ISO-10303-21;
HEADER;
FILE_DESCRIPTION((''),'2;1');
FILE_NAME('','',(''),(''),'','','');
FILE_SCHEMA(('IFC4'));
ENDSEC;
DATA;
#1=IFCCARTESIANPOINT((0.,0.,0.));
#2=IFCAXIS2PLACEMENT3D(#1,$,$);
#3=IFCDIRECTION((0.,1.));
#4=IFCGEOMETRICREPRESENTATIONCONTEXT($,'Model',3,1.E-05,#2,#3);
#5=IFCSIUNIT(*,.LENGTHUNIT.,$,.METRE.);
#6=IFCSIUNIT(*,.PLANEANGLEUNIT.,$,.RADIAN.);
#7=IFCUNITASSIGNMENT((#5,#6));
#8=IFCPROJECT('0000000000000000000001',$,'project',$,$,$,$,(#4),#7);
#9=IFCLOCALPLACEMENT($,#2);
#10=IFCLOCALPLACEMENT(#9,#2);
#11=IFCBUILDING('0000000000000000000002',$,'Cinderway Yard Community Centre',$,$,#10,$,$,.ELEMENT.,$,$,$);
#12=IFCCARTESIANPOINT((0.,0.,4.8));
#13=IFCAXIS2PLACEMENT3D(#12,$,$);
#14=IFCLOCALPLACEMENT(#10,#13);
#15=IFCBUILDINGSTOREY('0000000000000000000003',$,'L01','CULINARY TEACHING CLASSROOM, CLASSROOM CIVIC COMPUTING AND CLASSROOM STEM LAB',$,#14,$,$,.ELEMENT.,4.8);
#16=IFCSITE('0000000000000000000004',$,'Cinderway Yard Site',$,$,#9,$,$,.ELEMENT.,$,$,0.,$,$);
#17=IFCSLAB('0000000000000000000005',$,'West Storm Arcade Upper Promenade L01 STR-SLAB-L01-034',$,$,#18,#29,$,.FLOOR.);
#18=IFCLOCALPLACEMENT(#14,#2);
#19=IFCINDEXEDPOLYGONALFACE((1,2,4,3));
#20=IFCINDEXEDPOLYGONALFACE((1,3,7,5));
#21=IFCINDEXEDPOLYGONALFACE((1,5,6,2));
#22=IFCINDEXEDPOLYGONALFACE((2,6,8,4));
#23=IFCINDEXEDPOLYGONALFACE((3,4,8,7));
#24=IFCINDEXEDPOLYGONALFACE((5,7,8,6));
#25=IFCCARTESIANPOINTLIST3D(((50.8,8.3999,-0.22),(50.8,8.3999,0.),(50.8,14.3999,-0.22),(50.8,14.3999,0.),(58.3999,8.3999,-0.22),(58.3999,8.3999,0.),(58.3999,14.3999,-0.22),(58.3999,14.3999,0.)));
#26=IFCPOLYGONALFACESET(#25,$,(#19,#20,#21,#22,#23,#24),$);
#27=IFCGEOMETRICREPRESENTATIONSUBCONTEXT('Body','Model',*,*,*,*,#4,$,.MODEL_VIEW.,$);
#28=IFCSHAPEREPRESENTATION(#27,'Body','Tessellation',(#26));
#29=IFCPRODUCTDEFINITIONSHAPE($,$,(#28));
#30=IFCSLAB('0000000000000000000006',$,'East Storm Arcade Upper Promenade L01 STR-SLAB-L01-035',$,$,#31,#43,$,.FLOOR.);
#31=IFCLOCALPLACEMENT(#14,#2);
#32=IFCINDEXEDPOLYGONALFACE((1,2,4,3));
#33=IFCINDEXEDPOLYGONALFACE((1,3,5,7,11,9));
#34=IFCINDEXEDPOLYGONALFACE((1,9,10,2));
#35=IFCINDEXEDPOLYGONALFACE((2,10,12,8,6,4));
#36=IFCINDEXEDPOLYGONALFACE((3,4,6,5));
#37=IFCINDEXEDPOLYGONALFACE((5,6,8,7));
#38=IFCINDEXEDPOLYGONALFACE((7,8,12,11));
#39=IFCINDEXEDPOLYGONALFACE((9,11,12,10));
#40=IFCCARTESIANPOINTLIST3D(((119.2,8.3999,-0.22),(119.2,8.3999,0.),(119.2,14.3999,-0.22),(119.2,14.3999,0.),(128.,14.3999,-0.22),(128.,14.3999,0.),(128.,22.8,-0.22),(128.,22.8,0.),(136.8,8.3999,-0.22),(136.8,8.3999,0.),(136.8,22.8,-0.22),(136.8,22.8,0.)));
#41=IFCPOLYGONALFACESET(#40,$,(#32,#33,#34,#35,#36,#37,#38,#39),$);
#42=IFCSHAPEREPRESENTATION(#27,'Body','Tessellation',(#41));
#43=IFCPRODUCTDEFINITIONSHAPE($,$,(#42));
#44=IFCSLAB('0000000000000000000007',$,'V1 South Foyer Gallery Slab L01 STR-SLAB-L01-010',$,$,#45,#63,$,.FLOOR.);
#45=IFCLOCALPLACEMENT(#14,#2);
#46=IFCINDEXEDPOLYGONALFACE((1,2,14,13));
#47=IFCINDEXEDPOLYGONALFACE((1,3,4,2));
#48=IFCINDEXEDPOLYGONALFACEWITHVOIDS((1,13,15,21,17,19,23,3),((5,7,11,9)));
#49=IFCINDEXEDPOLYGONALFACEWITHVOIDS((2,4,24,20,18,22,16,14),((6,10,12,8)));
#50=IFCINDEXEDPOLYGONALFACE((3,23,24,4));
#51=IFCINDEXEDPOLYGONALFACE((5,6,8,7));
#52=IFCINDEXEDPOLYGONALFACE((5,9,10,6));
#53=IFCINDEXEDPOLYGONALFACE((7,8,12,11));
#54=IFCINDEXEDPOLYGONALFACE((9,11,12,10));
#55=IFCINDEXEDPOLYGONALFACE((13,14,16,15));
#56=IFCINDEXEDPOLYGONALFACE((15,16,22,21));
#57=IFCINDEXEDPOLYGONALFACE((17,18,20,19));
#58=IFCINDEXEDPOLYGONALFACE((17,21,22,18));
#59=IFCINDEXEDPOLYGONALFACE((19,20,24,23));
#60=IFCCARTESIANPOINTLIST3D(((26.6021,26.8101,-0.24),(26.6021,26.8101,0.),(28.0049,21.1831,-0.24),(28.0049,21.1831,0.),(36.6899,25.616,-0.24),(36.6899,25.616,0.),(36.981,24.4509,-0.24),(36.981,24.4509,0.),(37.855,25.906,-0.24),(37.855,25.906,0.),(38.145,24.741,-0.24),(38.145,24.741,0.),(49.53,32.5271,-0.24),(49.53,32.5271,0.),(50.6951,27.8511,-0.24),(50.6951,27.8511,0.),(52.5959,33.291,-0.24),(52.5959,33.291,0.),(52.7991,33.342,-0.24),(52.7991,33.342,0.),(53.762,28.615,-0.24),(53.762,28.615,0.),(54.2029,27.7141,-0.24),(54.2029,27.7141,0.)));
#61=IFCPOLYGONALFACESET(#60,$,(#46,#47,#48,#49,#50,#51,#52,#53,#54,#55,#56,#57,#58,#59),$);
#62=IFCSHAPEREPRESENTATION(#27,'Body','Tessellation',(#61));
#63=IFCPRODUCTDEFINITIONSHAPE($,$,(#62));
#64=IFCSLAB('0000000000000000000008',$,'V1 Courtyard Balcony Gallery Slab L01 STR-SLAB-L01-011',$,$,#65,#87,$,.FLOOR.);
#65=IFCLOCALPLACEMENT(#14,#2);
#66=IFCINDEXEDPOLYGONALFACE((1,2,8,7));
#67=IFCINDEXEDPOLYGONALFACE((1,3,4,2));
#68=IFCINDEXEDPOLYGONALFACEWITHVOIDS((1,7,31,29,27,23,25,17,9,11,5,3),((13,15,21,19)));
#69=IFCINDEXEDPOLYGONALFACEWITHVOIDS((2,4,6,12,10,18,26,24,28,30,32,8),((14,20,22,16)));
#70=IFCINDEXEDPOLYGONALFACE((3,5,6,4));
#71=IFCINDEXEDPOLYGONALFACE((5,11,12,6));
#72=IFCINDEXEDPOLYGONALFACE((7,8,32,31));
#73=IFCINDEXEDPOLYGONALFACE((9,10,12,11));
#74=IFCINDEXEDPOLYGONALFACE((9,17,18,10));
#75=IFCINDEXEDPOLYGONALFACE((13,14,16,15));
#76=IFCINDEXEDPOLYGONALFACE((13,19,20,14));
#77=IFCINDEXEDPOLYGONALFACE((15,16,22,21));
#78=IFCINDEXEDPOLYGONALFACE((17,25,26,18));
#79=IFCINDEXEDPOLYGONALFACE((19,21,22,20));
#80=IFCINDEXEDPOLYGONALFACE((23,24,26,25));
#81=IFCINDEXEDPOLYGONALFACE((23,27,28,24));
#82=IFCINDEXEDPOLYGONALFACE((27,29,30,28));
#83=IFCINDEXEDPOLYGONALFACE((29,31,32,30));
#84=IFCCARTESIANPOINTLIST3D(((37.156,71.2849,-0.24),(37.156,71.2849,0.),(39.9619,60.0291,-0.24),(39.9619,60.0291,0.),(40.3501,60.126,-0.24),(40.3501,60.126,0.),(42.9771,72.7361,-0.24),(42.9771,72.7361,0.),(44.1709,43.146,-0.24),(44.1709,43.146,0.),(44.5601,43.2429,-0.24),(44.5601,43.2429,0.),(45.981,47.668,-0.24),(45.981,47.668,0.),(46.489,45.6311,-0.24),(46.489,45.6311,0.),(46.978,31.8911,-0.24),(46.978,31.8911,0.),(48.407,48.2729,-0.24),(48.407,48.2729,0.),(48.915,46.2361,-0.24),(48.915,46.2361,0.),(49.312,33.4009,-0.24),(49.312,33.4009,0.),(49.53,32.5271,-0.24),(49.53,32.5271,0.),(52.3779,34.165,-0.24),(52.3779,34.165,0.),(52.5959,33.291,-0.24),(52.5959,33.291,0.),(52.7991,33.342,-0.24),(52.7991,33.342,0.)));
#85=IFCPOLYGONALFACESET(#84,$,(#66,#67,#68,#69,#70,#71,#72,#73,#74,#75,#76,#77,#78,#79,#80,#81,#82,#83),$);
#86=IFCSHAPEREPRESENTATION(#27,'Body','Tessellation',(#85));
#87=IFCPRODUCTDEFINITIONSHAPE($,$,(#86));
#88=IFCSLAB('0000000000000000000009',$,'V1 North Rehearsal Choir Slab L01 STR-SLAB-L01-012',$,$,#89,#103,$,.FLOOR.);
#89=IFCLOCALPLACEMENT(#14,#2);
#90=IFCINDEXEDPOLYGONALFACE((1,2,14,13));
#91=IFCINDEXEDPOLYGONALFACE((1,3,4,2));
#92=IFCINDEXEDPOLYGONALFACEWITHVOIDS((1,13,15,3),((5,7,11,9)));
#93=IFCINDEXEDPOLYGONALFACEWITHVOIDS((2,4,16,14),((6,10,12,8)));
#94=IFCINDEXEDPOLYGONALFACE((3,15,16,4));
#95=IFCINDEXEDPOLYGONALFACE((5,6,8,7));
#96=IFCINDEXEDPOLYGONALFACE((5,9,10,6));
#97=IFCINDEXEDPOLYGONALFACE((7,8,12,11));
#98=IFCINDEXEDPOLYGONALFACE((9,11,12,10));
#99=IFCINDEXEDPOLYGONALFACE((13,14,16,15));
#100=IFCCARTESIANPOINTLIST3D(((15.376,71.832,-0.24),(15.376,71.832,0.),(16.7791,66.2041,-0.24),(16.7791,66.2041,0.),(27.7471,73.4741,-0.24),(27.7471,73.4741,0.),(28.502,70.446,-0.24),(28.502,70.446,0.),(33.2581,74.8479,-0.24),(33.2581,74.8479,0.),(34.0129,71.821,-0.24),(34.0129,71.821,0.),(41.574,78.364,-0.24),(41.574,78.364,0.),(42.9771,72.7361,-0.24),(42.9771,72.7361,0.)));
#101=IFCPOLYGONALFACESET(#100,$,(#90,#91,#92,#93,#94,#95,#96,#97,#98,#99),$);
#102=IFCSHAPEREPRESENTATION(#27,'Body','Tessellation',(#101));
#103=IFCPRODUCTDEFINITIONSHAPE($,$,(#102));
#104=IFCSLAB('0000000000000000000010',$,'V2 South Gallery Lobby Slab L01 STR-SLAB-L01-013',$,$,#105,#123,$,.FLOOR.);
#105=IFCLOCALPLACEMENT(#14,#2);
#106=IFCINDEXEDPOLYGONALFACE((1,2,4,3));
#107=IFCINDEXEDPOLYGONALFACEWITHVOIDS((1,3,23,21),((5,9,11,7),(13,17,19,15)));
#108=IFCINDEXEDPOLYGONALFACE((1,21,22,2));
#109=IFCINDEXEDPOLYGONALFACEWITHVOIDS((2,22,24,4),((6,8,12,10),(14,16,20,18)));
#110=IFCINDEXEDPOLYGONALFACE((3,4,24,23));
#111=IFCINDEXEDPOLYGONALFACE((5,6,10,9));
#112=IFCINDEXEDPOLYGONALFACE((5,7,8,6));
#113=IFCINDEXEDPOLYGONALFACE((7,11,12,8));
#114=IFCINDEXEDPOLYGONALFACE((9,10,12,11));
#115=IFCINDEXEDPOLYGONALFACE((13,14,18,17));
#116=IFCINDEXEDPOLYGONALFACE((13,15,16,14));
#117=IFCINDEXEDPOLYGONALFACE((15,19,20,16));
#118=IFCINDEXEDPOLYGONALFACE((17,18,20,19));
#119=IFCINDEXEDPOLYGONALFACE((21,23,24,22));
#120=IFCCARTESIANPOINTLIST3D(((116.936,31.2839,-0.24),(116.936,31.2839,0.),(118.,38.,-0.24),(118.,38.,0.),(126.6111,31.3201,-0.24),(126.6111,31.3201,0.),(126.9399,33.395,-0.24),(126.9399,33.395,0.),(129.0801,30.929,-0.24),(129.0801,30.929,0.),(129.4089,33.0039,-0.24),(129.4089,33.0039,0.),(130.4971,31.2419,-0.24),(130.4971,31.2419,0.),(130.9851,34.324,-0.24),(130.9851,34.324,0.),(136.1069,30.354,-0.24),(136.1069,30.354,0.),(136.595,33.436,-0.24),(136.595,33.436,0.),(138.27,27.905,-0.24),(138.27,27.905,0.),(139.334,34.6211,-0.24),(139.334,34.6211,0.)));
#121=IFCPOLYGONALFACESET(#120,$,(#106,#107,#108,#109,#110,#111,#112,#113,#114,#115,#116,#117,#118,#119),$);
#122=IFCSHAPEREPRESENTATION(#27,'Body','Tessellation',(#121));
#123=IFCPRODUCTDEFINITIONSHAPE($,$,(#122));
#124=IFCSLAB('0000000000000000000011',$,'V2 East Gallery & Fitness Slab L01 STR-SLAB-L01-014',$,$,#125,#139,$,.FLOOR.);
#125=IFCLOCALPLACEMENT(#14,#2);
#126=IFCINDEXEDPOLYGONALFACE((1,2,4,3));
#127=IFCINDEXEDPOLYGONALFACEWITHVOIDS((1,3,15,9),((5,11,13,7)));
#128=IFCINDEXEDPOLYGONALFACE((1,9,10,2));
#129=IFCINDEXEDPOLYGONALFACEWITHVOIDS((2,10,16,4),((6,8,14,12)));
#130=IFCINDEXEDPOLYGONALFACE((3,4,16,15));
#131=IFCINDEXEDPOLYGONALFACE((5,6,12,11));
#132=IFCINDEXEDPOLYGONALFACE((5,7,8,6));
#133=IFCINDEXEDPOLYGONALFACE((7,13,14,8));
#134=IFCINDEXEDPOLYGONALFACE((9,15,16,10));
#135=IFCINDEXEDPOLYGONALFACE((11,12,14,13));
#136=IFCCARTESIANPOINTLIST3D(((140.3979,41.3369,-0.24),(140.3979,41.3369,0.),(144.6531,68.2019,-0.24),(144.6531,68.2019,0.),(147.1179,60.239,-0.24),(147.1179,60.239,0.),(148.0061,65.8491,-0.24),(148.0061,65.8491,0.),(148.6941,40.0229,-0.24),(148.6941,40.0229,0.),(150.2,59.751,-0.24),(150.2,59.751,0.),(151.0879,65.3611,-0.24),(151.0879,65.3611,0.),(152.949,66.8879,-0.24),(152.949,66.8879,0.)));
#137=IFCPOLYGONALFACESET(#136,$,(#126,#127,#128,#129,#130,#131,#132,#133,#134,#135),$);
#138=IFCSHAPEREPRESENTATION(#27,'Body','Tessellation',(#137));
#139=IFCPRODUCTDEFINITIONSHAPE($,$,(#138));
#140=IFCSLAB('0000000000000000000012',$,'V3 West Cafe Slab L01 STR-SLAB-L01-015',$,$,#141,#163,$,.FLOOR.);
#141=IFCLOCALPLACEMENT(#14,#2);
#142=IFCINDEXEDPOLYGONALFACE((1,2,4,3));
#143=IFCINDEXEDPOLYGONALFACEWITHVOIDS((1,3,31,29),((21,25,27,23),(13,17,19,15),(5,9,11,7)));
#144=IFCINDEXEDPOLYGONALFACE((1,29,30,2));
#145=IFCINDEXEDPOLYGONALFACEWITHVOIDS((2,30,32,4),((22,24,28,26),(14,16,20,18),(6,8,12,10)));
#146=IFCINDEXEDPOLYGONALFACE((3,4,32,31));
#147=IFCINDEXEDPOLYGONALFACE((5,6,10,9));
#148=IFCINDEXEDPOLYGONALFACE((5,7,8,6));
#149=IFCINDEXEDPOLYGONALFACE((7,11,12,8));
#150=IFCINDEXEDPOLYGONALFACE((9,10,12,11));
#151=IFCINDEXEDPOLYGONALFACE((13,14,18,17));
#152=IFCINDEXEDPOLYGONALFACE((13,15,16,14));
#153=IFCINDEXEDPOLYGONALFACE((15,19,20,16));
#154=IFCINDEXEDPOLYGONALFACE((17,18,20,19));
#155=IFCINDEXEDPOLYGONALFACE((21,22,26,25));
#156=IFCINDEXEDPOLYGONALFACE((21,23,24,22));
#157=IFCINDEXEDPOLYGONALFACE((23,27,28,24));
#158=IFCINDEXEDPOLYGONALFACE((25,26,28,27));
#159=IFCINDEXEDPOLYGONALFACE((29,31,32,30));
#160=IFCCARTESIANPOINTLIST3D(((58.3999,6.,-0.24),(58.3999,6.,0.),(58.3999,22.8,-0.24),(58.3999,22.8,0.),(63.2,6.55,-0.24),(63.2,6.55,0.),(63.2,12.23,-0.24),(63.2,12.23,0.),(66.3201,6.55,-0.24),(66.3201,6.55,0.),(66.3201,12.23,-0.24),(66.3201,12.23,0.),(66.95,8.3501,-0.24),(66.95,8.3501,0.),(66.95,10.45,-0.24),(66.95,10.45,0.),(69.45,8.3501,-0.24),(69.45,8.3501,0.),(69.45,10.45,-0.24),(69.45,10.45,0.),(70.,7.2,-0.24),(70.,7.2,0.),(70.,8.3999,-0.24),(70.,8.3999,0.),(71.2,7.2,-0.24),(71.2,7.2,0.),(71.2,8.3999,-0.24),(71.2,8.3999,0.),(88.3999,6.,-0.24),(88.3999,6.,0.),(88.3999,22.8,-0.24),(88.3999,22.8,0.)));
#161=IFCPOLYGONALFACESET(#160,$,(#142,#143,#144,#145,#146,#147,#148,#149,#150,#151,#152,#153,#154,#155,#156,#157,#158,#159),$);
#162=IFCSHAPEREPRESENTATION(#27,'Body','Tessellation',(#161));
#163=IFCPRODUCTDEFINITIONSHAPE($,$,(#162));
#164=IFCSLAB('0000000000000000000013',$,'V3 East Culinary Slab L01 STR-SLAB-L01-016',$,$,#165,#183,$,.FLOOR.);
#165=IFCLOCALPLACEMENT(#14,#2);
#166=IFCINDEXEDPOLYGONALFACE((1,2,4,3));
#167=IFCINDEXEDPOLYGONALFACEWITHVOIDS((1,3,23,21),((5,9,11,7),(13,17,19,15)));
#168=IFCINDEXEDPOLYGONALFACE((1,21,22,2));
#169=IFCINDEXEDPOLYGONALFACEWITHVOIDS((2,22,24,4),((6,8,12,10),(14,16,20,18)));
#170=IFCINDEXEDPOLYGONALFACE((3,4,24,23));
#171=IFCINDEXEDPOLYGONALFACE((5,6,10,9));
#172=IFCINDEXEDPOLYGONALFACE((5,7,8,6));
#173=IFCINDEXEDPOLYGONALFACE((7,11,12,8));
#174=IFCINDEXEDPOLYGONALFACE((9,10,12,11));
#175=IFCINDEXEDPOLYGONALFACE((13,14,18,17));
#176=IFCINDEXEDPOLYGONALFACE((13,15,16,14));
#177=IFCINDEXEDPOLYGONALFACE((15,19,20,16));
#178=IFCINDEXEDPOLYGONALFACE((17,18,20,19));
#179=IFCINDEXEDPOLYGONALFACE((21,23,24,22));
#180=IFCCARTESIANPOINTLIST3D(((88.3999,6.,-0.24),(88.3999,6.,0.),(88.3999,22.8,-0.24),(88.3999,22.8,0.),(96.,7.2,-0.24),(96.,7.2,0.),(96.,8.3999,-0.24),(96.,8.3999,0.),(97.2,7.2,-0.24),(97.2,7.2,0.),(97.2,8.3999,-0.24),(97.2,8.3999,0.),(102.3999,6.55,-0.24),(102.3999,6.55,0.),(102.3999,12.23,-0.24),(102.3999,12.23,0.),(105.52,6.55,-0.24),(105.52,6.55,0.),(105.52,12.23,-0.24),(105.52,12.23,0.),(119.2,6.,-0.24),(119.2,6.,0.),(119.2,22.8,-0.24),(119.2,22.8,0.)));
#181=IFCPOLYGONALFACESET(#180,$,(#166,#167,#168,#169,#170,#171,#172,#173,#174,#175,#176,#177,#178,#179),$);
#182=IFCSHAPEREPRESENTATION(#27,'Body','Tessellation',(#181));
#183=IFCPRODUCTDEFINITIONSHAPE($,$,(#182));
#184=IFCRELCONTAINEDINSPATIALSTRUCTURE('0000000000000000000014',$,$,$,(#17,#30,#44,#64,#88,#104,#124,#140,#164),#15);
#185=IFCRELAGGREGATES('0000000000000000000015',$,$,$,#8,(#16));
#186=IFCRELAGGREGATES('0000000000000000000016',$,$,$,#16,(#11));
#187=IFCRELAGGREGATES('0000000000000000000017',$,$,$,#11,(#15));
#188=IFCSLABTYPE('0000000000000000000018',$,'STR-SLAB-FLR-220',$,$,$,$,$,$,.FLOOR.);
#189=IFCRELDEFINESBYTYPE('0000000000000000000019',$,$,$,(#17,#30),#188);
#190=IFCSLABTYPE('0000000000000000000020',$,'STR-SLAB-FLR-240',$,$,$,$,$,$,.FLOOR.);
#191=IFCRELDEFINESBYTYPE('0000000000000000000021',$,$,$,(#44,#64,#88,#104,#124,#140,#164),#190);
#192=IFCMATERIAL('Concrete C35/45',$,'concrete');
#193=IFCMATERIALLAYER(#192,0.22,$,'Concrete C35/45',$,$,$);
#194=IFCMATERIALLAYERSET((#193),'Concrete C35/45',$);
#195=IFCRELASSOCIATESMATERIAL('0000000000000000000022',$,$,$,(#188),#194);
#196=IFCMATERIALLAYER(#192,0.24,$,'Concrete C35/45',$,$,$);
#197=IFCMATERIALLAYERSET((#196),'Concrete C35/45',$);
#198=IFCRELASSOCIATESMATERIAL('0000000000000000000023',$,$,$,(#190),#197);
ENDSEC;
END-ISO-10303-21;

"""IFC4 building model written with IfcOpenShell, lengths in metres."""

from ifc_helpers import new_model, si_unit, direction, frame, origin, place, context, subcontext, project, spatial, polyline, outline, extrude, material, layer, layer_set, type_object, element, save


model = new_model("IFC4")

# Units and contexts
model_context = context("Model", 3, precision=1e-05, world=origin(), true_north=direction((0.0, 1.0)))
body_context = subcontext(model_context, "Body", "Model", "MODEL_VIEW")
ifc_project = project(units=[si_unit("LENGTHUNIT", "METRE"), si_unit("PLANEANGLEUNIT", "RADIAN")], contexts=[model_context])

# Site, building, storey
site_placement = place(None, origin())
site = spatial("IfcSite", under=ifc_project, at=site_placement, Name="Cinderway Yard Site", CompositionType="ELEMENT", RefElevation=0.0)
building_placement = place(site_placement, origin())
building = spatial("IfcBuilding", under=site, at=building_placement, Name="Cinderway Yard Community Centre", CompositionType="ELEMENT")
storey_placement = place(building_placement, frame((0.0, 0.0, 4.8)))
storey = spatial("IfcBuildingStorey", under=building, at=storey_placement, Name="L01", Description="CULINARY TEACHING CLASSROOM, CLASSROOM CIVIC COMPUTING AND CLASSROOM STEM LAB", CompositionType="ELEMENT", Elevation=4.8)

# Slabs
ifc_material_1 = material(Name="Concrete C35/45", Category="concrete")
ifc_layer_1 = layer(ifc_material_1, 0.22, Name="Concrete C35/45")
ifc_layer_set_1 = layer_set([ifc_layer_1], Name="Concrete C35/45")
slab_type_1 = type_object("IfcSlabType", Name="STR-SLAB-FLR-220", PredefinedType="FLOOR", material=ifc_layer_set_1)
slab_1_placement = place(storey_placement, frame((0.0, 0.0, -0.22)))
element("IfcSlab", 1, at=slab_1_placement, inside=storey, type_object=slab_type_1, Name="West Storm Arcade Upper Promenade L01 STR-SLAB-L01-034", PredefinedType="FLOOR", context=body_context, shape_type="SweptSolid", body=[
    extrude(outline(polyline([(50.8, 8.3999), (58.3999, 8.3999), (58.3999, 14.3999), (50.8, 14.3999), (50.8, 8.3999)])), origin(), (0.0, 0.0, 1.0), 0.22),
])
slab_2_placement = place(storey_placement, frame((0.0, 0.0, -0.22)))
element("IfcSlab", 2, at=slab_2_placement, inside=storey, type_object=slab_type_1, Name="East Storm Arcade Upper Promenade L01 STR-SLAB-L01-035", PredefinedType="FLOOR", context=body_context, shape_type="SweptSolid", body=[
    extrude(outline(polyline([(119.2, 8.3999), (136.8, 8.3999), (136.8, 22.8), (128.0, 22.8), (128.0, 14.3999), (119.2, 14.3999), (119.2, 8.3999)])), origin(), (0.0, 0.0, 1.0), 0.22),
])
ifc_layer_2 = layer(ifc_material_1, 0.24, Name="Concrete C35/45")
ifc_layer_set_2 = layer_set([ifc_layer_2], Name="Concrete C35/45")
slab_type_2 = type_object("IfcSlabType", Name="STR-SLAB-FLR-240", PredefinedType="FLOOR", material=ifc_layer_set_2)
slab_3_placement = place(storey_placement, frame((0.0, 0.0, -0.24)))
element("IfcSlab", 3, at=slab_3_placement, inside=storey, type_object=slab_type_2, Name="V1 South Foyer Gallery Slab L01 STR-SLAB-L01-010", PredefinedType="FLOOR", context=body_context, shape_type="SweptSolid", body=[
    extrude(outline(polyline([(52.7991, 33.342), (54.2029, 27.7141), (28.0049, 21.1831), (26.6021, 26.8101), (49.53, 32.5271), (50.6951, 27.8511), (53.762, 28.615), (52.5959, 33.291), (52.7991, 33.342)]), holes=[polyline([(36.981, 24.4509), (38.145, 24.741), (37.855, 25.906), (36.6899, 25.616), (36.981, 24.4509)])]), origin(), (0.0, 0.0, 1.0), 0.24),
])
slab_4_placement = place(storey_placement, frame((0.0, 0.0, -0.24)))
element("IfcSlab", 4, at=slab_4_placement, inside=storey, type_object=slab_type_2, Name="V1 Courtyard Balcony Gallery Slab L01 STR-SLAB-L01-011", PredefinedType="FLOOR", context=body_context, shape_type="SweptSolid", body=[
    extrude(outline(polyline([(46.978, 31.8911), (44.1709, 43.146), (44.5601, 43.2429), (40.3501, 60.126), (39.9619, 60.0291), (37.156, 71.2849), (42.9771, 72.7361), (52.7991, 33.342), (52.5959, 33.291), (52.3779, 34.165), (49.312, 33.4009), (49.53, 32.5271), (46.978, 31.8911)]), holes=[polyline([(46.489, 45.6311), (48.915, 46.2361), (48.407, 48.2729), (45.981, 47.668), (46.489, 45.6311)])]), origin(), (0.0, 0.0, 1.0), 0.24),
])
slab_5_placement = place(storey_placement, frame((0.0, 0.0, -0.24)))
element("IfcSlab", 5, at=slab_5_placement, inside=storey, type_object=slab_type_2, Name="V1 North Rehearsal Choir Slab L01 STR-SLAB-L01-012", PredefinedType="FLOOR", context=body_context, shape_type="SweptSolid", body=[
    extrude(outline(polyline([(16.7791, 66.2041), (42.9771, 72.7361), (41.574, 78.364), (15.376, 71.832), (16.7791, 66.2041)]), holes=[polyline([(33.2581, 74.8479), (27.7471, 73.4741), (28.502, 70.446), (34.0129, 71.821), (33.2581, 74.8479)])]), origin(), (0.0, 0.0, 1.0), 0.24),
])
slab_6_placement = place(storey_placement, frame((0.0, 0.0, -0.24)))
element("IfcSlab", 6, at=slab_6_placement, inside=storey, type_object=slab_type_2, Name="V2 South Gallery Lobby Slab L01 STR-SLAB-L01-013", PredefinedType="FLOOR", context=body_context, shape_type="SweptSolid", body=[
    extrude(outline(polyline([(116.936, 31.2839), (138.27, 27.905), (139.334, 34.6211), (118.0, 38.0), (116.936, 31.2839)]), holes=[polyline([(136.595, 33.436), (130.9851, 34.324), (130.4971, 31.2419), (136.1069, 30.354), (136.595, 33.436)]), polyline([(126.6111, 31.3201), (129.0801, 30.929), (129.4089, 33.0039), (126.9399, 33.395), (126.6111, 31.3201)])]), origin(), (0.0, 0.0, 1.0), 0.24),
])
slab_7_placement = place(storey_placement, frame((0.0, 0.0, -0.24)))
element("IfcSlab", 7, at=slab_7_placement, inside=storey, type_object=slab_type_2, Name="V2 East Gallery & Fitness Slab L01 STR-SLAB-L01-014", PredefinedType="FLOOR", context=body_context, shape_type="SweptSolid", body=[
    extrude(outline(polyline([(140.3979, 41.3369), (148.6941, 40.0229), (152.949, 66.8879), (144.6531, 68.2019), (140.3979, 41.3369)]), holes=[polyline([(150.2, 59.751), (151.0879, 65.3611), (148.0061, 65.8491), (147.1179, 60.239), (150.2, 59.751)])]), origin(), (0.0, 0.0, 1.0), 0.24),
])
slab_8_placement = place(storey_placement, frame((0.0, 0.0, -0.24)))
element("IfcSlab", 8, at=slab_8_placement, inside=storey, type_object=slab_type_2, Name="V3 West Cafe Slab L01 STR-SLAB-L01-015", PredefinedType="FLOOR", context=body_context, shape_type="SweptSolid", body=[
    extrude(outline(polyline([(58.3999, 6.0), (88.3999, 6.0), (88.3999, 22.8), (58.3999, 22.8), (58.3999, 6.0)]), holes=[polyline([(63.2, 12.23), (63.2, 6.55), (66.3201, 6.55), (66.3201, 12.23), (63.2, 12.23)]), polyline([(66.95, 8.3501), (69.45, 8.3501), (69.45, 10.45), (66.95, 10.45), (66.95, 8.3501)]), polyline([(70.0, 7.2), (71.2, 7.2), (71.2, 8.3999), (70.0, 8.3999), (70.0, 7.2)])]), origin(), (0.0, 0.0, 1.0), 0.24),
])
slab_9_placement = place(storey_placement, frame((0.0, 0.0, -0.24)))
element("IfcSlab", 9, at=slab_9_placement, inside=storey, type_object=slab_type_2, Name="V3 East Culinary Slab L01 STR-SLAB-L01-016", PredefinedType="FLOOR", context=body_context, shape_type="SweptSolid", body=[
    extrude(outline(polyline([(88.3999, 6.0), (119.2, 6.0), (119.2, 22.8), (88.3999, 22.8), (88.3999, 6.0)]), holes=[polyline([(102.3999, 12.23), (102.3999, 6.55), (105.52, 6.55), (105.52, 12.23), (102.3999, 12.23)]), polyline([(96.0, 7.2), (97.2, 7.2), (97.2, 8.3999), (96.0, 8.3999), (96.0, 7.2)])]), origin(), (0.0, 0.0, 1.0), 0.24),
])

save(model, "model.ifc")
